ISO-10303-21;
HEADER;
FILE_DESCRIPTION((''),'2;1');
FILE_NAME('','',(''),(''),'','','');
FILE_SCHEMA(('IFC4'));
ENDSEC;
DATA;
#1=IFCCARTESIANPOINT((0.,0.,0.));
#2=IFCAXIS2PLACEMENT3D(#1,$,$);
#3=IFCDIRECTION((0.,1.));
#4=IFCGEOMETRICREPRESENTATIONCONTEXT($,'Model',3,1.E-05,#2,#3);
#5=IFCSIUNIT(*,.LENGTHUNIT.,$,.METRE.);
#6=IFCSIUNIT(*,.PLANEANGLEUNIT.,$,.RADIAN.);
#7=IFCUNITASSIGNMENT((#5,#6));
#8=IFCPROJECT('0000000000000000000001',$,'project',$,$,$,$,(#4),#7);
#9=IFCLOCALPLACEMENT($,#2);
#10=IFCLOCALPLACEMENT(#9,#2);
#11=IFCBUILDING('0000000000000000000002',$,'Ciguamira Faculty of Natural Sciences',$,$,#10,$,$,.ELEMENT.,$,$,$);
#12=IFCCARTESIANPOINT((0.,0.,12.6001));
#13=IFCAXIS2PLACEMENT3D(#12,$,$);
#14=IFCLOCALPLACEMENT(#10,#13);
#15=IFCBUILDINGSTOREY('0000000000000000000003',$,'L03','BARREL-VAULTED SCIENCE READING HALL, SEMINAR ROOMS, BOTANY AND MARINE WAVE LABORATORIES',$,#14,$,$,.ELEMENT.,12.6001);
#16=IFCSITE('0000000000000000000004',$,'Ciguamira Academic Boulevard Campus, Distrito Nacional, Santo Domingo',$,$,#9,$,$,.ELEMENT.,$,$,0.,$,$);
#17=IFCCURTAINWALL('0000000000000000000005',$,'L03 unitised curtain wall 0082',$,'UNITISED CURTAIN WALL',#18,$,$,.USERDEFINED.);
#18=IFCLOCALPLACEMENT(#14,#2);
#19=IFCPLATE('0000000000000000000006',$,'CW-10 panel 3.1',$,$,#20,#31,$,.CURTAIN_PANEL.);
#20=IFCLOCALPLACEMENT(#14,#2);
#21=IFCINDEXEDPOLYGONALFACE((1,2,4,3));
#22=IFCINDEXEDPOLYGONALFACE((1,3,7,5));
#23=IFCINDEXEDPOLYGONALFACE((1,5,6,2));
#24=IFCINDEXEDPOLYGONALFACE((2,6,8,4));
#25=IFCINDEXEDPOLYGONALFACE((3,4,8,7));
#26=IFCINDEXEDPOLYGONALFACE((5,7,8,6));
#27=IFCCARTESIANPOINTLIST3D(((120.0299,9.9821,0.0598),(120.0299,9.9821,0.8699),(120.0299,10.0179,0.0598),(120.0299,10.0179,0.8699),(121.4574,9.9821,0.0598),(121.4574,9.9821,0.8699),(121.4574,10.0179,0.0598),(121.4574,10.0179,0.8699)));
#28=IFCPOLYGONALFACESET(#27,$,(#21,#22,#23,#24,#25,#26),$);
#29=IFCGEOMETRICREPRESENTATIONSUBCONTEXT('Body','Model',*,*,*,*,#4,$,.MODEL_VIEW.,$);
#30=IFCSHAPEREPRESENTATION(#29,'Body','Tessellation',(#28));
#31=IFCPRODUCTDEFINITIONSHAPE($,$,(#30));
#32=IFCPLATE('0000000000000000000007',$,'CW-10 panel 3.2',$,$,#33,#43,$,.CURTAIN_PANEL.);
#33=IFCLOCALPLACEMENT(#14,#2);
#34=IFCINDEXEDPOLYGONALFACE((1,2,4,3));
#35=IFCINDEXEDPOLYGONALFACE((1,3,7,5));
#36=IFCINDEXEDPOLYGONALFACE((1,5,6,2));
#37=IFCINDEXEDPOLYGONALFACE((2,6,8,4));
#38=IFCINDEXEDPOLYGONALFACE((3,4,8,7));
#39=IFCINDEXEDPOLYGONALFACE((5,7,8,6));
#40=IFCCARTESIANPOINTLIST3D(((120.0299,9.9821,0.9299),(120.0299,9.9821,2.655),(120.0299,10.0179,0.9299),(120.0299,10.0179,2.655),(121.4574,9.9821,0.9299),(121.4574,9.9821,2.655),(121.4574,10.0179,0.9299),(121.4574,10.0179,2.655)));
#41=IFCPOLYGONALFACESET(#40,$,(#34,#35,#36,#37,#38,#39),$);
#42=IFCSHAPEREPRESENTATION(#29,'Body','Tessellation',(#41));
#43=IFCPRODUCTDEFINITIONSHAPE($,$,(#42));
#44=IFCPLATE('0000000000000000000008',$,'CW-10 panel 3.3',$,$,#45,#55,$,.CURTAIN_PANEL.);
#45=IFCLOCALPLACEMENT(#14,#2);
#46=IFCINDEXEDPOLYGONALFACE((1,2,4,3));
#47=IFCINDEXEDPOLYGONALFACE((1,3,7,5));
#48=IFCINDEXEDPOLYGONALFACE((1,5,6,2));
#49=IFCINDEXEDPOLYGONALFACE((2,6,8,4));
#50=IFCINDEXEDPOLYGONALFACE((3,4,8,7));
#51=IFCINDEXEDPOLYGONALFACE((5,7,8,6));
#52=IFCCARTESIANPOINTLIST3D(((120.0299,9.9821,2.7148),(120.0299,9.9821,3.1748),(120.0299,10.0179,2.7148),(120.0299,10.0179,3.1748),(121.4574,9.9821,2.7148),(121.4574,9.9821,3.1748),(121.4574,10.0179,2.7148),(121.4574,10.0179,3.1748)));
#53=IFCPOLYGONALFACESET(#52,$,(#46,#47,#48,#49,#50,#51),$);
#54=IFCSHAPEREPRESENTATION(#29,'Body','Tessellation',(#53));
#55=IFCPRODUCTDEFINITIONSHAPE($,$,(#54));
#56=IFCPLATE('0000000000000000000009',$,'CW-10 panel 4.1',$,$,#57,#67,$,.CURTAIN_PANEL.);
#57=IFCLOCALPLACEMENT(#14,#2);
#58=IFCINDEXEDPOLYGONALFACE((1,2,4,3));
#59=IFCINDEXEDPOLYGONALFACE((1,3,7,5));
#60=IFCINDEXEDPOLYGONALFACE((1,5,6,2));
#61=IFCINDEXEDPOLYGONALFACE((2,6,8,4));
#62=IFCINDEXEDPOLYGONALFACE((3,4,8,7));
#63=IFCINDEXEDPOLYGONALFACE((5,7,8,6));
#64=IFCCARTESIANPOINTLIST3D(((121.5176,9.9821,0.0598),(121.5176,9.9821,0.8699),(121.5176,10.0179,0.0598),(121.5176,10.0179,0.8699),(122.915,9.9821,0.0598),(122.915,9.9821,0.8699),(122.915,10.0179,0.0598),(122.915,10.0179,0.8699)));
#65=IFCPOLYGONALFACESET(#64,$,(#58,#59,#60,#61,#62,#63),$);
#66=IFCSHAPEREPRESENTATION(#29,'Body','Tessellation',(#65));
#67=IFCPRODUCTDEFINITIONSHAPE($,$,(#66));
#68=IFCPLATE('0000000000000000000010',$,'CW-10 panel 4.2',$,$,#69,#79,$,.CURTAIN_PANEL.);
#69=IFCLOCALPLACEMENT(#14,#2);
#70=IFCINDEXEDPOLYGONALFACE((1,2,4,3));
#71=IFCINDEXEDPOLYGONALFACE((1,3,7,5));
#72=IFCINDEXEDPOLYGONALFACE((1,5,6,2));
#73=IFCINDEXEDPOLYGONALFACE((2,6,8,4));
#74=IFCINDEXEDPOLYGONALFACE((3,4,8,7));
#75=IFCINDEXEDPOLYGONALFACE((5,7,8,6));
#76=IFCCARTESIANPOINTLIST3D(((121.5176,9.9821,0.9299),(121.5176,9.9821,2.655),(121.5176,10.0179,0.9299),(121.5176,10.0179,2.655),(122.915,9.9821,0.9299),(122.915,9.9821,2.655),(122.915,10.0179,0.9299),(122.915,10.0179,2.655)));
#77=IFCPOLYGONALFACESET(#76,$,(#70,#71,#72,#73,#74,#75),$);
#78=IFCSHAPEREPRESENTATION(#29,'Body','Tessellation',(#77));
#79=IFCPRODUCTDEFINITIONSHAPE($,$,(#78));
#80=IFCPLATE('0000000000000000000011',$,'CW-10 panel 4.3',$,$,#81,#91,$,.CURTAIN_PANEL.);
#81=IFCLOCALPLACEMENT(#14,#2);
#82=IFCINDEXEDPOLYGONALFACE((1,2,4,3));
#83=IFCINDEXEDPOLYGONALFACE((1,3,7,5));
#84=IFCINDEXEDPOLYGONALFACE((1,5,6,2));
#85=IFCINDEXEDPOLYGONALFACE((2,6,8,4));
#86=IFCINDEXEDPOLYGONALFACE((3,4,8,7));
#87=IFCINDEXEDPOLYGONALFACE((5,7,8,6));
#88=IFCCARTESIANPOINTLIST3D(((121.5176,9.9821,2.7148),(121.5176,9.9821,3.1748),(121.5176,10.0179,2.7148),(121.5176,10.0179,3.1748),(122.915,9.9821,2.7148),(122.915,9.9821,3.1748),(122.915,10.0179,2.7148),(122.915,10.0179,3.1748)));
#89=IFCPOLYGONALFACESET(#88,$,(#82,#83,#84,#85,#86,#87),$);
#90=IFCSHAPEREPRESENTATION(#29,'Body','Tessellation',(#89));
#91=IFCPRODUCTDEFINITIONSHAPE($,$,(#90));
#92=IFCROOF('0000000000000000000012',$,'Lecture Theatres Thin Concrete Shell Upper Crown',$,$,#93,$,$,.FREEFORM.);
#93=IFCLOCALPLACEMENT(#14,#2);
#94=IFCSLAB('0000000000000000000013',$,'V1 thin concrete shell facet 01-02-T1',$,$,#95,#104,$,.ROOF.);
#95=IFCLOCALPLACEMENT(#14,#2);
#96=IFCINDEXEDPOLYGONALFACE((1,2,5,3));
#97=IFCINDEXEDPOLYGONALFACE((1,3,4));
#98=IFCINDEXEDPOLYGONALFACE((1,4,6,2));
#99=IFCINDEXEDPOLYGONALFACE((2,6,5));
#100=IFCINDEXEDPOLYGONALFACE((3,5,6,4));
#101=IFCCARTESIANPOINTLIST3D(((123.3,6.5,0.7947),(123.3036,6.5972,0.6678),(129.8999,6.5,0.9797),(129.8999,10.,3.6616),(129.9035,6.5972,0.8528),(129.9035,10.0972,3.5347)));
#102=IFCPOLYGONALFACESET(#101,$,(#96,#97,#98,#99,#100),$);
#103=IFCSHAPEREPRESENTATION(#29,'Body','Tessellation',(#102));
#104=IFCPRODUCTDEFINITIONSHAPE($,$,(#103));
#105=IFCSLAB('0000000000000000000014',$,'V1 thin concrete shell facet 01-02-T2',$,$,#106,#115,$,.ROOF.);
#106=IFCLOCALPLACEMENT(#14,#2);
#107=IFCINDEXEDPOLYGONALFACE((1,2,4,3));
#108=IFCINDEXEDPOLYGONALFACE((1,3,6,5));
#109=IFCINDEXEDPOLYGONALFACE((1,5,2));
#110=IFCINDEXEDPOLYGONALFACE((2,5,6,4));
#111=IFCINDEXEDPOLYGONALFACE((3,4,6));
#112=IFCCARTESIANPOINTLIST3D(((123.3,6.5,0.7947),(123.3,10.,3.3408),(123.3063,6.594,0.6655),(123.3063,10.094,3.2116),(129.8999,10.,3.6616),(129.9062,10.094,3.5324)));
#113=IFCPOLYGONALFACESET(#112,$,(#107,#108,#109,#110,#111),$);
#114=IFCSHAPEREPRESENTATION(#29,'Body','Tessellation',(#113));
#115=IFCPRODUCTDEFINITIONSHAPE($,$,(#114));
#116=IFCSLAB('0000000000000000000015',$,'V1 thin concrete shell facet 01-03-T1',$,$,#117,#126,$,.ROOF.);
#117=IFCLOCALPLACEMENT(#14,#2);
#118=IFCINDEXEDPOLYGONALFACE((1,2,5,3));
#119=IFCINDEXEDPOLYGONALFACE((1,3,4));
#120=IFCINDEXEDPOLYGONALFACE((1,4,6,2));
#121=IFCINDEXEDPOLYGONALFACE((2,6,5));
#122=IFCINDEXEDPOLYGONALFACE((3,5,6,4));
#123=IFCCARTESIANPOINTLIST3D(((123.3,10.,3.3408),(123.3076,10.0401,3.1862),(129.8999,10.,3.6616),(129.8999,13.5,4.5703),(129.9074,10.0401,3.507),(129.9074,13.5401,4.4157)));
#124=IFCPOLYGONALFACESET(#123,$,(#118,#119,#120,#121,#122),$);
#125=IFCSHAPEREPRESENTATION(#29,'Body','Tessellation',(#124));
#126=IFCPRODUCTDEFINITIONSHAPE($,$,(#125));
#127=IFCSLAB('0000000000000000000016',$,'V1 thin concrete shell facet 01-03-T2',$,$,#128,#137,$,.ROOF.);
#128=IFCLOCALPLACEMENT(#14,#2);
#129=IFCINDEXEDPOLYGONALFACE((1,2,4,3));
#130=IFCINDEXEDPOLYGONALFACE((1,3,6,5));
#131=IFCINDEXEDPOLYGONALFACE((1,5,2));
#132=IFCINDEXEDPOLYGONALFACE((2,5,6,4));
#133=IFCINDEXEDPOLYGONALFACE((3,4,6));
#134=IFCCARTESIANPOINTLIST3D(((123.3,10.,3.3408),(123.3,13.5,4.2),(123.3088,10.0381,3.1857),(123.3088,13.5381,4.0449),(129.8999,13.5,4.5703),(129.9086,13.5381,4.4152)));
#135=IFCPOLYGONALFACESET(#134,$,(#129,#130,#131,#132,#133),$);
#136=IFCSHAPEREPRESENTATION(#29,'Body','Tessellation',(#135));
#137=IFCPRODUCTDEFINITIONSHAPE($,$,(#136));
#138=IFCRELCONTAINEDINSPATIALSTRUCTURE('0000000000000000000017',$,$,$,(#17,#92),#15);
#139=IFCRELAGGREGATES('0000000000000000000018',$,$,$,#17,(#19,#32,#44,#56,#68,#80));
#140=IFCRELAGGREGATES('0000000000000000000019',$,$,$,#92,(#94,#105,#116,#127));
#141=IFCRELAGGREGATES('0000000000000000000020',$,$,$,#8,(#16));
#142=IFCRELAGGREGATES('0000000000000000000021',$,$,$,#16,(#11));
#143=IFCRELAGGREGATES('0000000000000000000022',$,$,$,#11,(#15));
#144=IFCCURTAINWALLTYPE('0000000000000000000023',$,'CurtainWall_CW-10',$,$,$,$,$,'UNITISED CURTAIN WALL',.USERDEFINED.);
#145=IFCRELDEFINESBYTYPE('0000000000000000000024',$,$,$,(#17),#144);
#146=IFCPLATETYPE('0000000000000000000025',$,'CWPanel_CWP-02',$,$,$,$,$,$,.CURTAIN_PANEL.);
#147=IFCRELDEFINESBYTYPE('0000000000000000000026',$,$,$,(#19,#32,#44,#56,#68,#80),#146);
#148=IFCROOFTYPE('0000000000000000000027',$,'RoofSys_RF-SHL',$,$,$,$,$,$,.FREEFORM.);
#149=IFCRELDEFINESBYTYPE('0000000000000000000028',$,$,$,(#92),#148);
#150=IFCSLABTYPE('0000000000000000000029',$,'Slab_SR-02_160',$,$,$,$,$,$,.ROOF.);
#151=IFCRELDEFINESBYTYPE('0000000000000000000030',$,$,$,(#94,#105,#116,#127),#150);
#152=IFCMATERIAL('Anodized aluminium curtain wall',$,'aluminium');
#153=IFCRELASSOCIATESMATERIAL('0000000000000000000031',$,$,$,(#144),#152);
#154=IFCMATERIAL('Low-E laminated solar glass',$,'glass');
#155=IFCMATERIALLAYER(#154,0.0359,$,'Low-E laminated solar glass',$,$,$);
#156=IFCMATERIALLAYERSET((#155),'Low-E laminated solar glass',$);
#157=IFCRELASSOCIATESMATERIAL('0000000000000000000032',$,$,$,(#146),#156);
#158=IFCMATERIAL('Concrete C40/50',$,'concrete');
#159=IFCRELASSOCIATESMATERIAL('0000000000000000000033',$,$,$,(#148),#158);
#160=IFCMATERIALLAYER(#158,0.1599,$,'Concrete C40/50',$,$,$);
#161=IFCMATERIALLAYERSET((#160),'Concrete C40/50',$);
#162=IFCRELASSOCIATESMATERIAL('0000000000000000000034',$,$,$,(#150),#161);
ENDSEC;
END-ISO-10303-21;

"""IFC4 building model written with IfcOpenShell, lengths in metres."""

from ifc_helpers import new_model, si_unit, direction, frame, origin, origin_2d, place, context, subcontext, project, spatial, polyline, rectangle, outline, extrude, material, layer, layer_set, type_object, element, aggregate, save


model = new_model("IFC4")

# Units and contexts
model_context = context("Model", 3, precision=1e-05, world=origin(), true_north=direction((0.0, 1.0)))
body_context = subcontext(model_context, "Body", "Model", "MODEL_VIEW")
ifc_project = project(units=[si_unit("LENGTHUNIT", "METRE"), si_unit("PLANEANGLEUNIT", "RADIAN")], contexts=[model_context])

# Site, building, storey
site_placement = place(None, origin())
site = spatial("IfcSite", under=ifc_project, at=site_placement, Name="Ciguamira Academic Boulevard Campus, Distrito Nacional, Santo Domingo", CompositionType="ELEMENT", RefElevation=0.0)
building_placement = place(site_placement, origin())
building = spatial("IfcBuilding", under=site, at=building_placement, Name="Ciguamira Faculty of Natural Sciences", CompositionType="ELEMENT")
storey_placement = place(building_placement, frame((0.0, 0.0, 12.6001)))
storey = spatial("IfcBuildingStorey", under=building, at=storey_placement, Name="L03", Description="BARREL-VAULTED SCIENCE READING HALL, SEMINAR ROOMS, BOTANY AND MARINE WAVE LABORATORIES", CompositionType="ELEMENT", Elevation=12.6001)

# Shared definitions
ifc_material_1 = material(Name="Concrete C40/50", Category="concrete")

# Curtain wall
ifc_material_2 = material(Name="Anodized aluminium curtain wall", Category="aluminium")
curtain_wall_type = type_object("IfcCurtainWallType", Name="CurtainWall_CW-10", ElementType="UNITISED CURTAIN WALL", PredefinedType="USERDEFINED", material=ifc_material_2)
curtain_wall_placement = place(storey_placement, origin())
curtain_wall = element("IfcCurtainWall", 1, at=curtain_wall_placement, inside=storey, type_object=curtain_wall_type, Name="L03 unitised curtain wall 0082", ObjectType="UNITISED CURTAIN WALL", PredefinedType="USERDEFINED")

# Plates
ifc_material_3 = material(Name="Low-E laminated solar glass", Category="glass")
ifc_layer_1 = layer(ifc_material_3, 0.0359, Name="Low-E laminated solar glass")
ifc_layer_set_1 = layer_set([ifc_layer_1], Name="Low-E laminated solar glass")
plate_type = type_object("IfcPlateType", Name="CWPanel_CWP-02", PredefinedType="CURTAIN_PANEL", material=ifc_layer_set_1)
plate_1_placement = place(storey_placement, frame((120.7437, 10.0, 0.0598), z_axis=(0.0, 0.0, 1.0), x_axis=(1.0, 0.0, 0.0)))
plate_1 = element("IfcPlate", 2, at=plate_1_placement, type_object=plate_type, Name="CW-10 panel 3.1", PredefinedType="CURTAIN_PANEL", context=body_context, shape_type="SweptSolid", body=[
    extrude(rectangle(XDim=1.4275, YDim=0.0359, at=origin_2d()), origin(), (0.0, 0.0, 1.0), 0.8101),
])
plate_2_placement = place(storey_placement, frame((120.7437, 10.0, 0.9299), z_axis=(0.0, 0.0, 1.0), x_axis=(1.0, 0.0, 0.0)))
plate_2 = element("IfcPlate", 3, at=plate_2_placement, type_object=plate_type, Name="CW-10 panel 3.2", PredefinedType="CURTAIN_PANEL", context=body_context, shape_type="SweptSolid", body=[
    extrude(rectangle(XDim=1.4275, YDim=0.0359, at=origin_2d()), origin(), (0.0, 0.0, 1.0), 1.7251),
])
plate_3_placement = place(storey_placement, frame((120.7437, 10.0, 2.7148), z_axis=(0.0, 0.0, 1.0), x_axis=(1.0, 0.0, 0.0)))
plate_3 = element("IfcPlate", 4, at=plate_3_placement, type_object=plate_type, Name="CW-10 panel 3.3", PredefinedType="CURTAIN_PANEL", context=body_context, shape_type="SweptSolid", body=[
    extrude(rectangle(XDim=1.4275, YDim=0.0359, at=origin_2d()), origin(), (0.0, 0.0, 1.0), 0.46),
])
plate_4_placement = place(storey_placement, frame((122.2163, 10.0, 0.0598), z_axis=(0.0, 0.0, 1.0), x_axis=(1.0, 0.0, 0.0)))
plate_4 = element("IfcPlate", 5, at=plate_4_placement, type_object=plate_type, Name="CW-10 panel 4.1", PredefinedType="CURTAIN_PANEL", context=body_context, shape_type="SweptSolid", body=[
    extrude(rectangle(XDim=1.3975, YDim=0.0359, at=origin_2d()), origin(), (0.0, 0.0, 1.0), 0.8101),
])
plate_5_placement = place(storey_placement, frame((122.2163, 10.0, 0.9299), z_axis=(0.0, 0.0, 1.0), x_axis=(1.0, 0.0, 0.0)))
plate_5 = element("IfcPlate", 6, at=plate_5_placement, type_object=plate_type, Name="CW-10 panel 4.2", PredefinedType="CURTAIN_PANEL", context=body_context, shape_type="SweptSolid", body=[
    extrude(rectangle(XDim=1.3975, YDim=0.0359, at=origin_2d()), origin(), (0.0, 0.0, 1.0), 1.7251),
])
plate_6_placement = place(storey_placement, frame((122.2163, 10.0, 2.7148), z_axis=(0.0, 0.0, 1.0), x_axis=(1.0, 0.0, 0.0)))
plate_6 = element("IfcPlate", 7, at=plate_6_placement, type_object=plate_type, Name="CW-10 panel 4.3", PredefinedType="CURTAIN_PANEL", context=body_context, shape_type="SweptSolid", body=[
    extrude(rectangle(XDim=1.3975, YDim=0.0359, at=origin_2d()), origin(), (0.0, 0.0, 1.0), 0.46),
])
aggregate(curtain_wall, [plate_1, plate_2, plate_3, plate_4, plate_5, plate_6])

# Roof, slabs
roof_type = type_object("IfcRoofType", Name="RoofSys_RF-SHL", PredefinedType="FREEFORM", material=ifc_material_1)
roof_placement = place(storey_placement, origin())
roof = element("IfcRoof", 8, at=roof_placement, inside=storey, type_object=roof_type, Name="Lecture Theatres Thin Concrete Shell Upper Crown", PredefinedType="FREEFORM")
ifc_layer_2 = layer(ifc_material_1, 0.1599, Name="Concrete C40/50")
ifc_layer_set_2 = layer_set([ifc_layer_2], Name="Concrete C40/50")
slab_type = type_object("IfcSlabType", Name="Slab_SR-02_160", PredefinedType="ROOF", material=ifc_layer_set_2)
slab_1_placement = place(storey_placement, frame((123.3, 6.5, 0.7947), z_axis=(-0.022252, -0.608074, 0.793568), x_axis=(0.999607, 0.0, 0.028029)))
slab_1 = element("IfcSlab", 9, at=slab_1_placement, type_object=slab_type, Name="V1 thin concrete shell facet 01-02-T1", PredefinedType="ROOF", context=body_context, shape_type="SweptSolid", body=[
    extrude(outline(polyline([(0.0, 0.0), (6.6024, 0.0), (6.6776, 4.4087), (0.0, 0.0)])), origin(), (0.0, 0.0, -1.0), 0.1599),
])
slab_2_placement = place(storey_placement, frame((123.3, 6.5, 0.7947), z_axis=(-0.039276, -0.587822, 0.808036), x_axis=(0.824805, 0.437406, 0.358291)))
slab_2 = element("IfcSlab", 10, at=slab_2_placement, type_object=slab_type, Name="V1 thin concrete shell facet 01-02-T2", PredefinedType="ROOF", context=body_context, shape_type="SweptSolid", body=[
    extrude(outline(polyline([(0.0, 0.0), (8.0017, 0.0), (2.4432, 3.5726), (0.0, 0.0)])), origin(), (0.0, 0.0, -1.0), 0.1599),
])
slab_3_placement = place(storey_placement, frame((123.3, 10.0, 3.3408), z_axis=(-0.046995, -0.251017, 0.966841), x_axis=(0.998821, 0.0, 0.04855)))
slab_3 = element("IfcSlab", 11, at=slab_3_placement, type_object=slab_type, Name="V1 thin concrete shell facet 01-03-T1", PredefinedType="ROOF", context=body_context, shape_type="SweptSolid", body=[
    extrude(outline(polyline([(0.0, 0.0), (6.6076, 0.0), (6.6518, 3.6158), (0.0, 0.0)])), origin(), (0.0, 0.0, -1.0), 0.1599),
])
slab_4_placement = place(storey_placement, frame((123.3, 10.0, 3.3408), z_axis=(-0.054418, -0.238036, 0.969731), x_axis=(0.871731, 0.462292, 0.162395)))
slab_4 = element("IfcSlab", 12, at=slab_4_placement, type_object=slab_type, Name="V1 thin concrete shell facet 01-03-T2", PredefinedType="ROOF", context=body_context, shape_type="SweptSolid", body=[
    extrude(outline(polyline([(0.0, 0.0), (7.571, 0.0), (1.7575, 3.1463), (0.0, 0.0)])), origin(), (0.0, 0.0, -1.0), 0.1599),
])
aggregate(roof, [slab_1, slab_2, slab_3, slab_4])

save(model, "model.ifc")
